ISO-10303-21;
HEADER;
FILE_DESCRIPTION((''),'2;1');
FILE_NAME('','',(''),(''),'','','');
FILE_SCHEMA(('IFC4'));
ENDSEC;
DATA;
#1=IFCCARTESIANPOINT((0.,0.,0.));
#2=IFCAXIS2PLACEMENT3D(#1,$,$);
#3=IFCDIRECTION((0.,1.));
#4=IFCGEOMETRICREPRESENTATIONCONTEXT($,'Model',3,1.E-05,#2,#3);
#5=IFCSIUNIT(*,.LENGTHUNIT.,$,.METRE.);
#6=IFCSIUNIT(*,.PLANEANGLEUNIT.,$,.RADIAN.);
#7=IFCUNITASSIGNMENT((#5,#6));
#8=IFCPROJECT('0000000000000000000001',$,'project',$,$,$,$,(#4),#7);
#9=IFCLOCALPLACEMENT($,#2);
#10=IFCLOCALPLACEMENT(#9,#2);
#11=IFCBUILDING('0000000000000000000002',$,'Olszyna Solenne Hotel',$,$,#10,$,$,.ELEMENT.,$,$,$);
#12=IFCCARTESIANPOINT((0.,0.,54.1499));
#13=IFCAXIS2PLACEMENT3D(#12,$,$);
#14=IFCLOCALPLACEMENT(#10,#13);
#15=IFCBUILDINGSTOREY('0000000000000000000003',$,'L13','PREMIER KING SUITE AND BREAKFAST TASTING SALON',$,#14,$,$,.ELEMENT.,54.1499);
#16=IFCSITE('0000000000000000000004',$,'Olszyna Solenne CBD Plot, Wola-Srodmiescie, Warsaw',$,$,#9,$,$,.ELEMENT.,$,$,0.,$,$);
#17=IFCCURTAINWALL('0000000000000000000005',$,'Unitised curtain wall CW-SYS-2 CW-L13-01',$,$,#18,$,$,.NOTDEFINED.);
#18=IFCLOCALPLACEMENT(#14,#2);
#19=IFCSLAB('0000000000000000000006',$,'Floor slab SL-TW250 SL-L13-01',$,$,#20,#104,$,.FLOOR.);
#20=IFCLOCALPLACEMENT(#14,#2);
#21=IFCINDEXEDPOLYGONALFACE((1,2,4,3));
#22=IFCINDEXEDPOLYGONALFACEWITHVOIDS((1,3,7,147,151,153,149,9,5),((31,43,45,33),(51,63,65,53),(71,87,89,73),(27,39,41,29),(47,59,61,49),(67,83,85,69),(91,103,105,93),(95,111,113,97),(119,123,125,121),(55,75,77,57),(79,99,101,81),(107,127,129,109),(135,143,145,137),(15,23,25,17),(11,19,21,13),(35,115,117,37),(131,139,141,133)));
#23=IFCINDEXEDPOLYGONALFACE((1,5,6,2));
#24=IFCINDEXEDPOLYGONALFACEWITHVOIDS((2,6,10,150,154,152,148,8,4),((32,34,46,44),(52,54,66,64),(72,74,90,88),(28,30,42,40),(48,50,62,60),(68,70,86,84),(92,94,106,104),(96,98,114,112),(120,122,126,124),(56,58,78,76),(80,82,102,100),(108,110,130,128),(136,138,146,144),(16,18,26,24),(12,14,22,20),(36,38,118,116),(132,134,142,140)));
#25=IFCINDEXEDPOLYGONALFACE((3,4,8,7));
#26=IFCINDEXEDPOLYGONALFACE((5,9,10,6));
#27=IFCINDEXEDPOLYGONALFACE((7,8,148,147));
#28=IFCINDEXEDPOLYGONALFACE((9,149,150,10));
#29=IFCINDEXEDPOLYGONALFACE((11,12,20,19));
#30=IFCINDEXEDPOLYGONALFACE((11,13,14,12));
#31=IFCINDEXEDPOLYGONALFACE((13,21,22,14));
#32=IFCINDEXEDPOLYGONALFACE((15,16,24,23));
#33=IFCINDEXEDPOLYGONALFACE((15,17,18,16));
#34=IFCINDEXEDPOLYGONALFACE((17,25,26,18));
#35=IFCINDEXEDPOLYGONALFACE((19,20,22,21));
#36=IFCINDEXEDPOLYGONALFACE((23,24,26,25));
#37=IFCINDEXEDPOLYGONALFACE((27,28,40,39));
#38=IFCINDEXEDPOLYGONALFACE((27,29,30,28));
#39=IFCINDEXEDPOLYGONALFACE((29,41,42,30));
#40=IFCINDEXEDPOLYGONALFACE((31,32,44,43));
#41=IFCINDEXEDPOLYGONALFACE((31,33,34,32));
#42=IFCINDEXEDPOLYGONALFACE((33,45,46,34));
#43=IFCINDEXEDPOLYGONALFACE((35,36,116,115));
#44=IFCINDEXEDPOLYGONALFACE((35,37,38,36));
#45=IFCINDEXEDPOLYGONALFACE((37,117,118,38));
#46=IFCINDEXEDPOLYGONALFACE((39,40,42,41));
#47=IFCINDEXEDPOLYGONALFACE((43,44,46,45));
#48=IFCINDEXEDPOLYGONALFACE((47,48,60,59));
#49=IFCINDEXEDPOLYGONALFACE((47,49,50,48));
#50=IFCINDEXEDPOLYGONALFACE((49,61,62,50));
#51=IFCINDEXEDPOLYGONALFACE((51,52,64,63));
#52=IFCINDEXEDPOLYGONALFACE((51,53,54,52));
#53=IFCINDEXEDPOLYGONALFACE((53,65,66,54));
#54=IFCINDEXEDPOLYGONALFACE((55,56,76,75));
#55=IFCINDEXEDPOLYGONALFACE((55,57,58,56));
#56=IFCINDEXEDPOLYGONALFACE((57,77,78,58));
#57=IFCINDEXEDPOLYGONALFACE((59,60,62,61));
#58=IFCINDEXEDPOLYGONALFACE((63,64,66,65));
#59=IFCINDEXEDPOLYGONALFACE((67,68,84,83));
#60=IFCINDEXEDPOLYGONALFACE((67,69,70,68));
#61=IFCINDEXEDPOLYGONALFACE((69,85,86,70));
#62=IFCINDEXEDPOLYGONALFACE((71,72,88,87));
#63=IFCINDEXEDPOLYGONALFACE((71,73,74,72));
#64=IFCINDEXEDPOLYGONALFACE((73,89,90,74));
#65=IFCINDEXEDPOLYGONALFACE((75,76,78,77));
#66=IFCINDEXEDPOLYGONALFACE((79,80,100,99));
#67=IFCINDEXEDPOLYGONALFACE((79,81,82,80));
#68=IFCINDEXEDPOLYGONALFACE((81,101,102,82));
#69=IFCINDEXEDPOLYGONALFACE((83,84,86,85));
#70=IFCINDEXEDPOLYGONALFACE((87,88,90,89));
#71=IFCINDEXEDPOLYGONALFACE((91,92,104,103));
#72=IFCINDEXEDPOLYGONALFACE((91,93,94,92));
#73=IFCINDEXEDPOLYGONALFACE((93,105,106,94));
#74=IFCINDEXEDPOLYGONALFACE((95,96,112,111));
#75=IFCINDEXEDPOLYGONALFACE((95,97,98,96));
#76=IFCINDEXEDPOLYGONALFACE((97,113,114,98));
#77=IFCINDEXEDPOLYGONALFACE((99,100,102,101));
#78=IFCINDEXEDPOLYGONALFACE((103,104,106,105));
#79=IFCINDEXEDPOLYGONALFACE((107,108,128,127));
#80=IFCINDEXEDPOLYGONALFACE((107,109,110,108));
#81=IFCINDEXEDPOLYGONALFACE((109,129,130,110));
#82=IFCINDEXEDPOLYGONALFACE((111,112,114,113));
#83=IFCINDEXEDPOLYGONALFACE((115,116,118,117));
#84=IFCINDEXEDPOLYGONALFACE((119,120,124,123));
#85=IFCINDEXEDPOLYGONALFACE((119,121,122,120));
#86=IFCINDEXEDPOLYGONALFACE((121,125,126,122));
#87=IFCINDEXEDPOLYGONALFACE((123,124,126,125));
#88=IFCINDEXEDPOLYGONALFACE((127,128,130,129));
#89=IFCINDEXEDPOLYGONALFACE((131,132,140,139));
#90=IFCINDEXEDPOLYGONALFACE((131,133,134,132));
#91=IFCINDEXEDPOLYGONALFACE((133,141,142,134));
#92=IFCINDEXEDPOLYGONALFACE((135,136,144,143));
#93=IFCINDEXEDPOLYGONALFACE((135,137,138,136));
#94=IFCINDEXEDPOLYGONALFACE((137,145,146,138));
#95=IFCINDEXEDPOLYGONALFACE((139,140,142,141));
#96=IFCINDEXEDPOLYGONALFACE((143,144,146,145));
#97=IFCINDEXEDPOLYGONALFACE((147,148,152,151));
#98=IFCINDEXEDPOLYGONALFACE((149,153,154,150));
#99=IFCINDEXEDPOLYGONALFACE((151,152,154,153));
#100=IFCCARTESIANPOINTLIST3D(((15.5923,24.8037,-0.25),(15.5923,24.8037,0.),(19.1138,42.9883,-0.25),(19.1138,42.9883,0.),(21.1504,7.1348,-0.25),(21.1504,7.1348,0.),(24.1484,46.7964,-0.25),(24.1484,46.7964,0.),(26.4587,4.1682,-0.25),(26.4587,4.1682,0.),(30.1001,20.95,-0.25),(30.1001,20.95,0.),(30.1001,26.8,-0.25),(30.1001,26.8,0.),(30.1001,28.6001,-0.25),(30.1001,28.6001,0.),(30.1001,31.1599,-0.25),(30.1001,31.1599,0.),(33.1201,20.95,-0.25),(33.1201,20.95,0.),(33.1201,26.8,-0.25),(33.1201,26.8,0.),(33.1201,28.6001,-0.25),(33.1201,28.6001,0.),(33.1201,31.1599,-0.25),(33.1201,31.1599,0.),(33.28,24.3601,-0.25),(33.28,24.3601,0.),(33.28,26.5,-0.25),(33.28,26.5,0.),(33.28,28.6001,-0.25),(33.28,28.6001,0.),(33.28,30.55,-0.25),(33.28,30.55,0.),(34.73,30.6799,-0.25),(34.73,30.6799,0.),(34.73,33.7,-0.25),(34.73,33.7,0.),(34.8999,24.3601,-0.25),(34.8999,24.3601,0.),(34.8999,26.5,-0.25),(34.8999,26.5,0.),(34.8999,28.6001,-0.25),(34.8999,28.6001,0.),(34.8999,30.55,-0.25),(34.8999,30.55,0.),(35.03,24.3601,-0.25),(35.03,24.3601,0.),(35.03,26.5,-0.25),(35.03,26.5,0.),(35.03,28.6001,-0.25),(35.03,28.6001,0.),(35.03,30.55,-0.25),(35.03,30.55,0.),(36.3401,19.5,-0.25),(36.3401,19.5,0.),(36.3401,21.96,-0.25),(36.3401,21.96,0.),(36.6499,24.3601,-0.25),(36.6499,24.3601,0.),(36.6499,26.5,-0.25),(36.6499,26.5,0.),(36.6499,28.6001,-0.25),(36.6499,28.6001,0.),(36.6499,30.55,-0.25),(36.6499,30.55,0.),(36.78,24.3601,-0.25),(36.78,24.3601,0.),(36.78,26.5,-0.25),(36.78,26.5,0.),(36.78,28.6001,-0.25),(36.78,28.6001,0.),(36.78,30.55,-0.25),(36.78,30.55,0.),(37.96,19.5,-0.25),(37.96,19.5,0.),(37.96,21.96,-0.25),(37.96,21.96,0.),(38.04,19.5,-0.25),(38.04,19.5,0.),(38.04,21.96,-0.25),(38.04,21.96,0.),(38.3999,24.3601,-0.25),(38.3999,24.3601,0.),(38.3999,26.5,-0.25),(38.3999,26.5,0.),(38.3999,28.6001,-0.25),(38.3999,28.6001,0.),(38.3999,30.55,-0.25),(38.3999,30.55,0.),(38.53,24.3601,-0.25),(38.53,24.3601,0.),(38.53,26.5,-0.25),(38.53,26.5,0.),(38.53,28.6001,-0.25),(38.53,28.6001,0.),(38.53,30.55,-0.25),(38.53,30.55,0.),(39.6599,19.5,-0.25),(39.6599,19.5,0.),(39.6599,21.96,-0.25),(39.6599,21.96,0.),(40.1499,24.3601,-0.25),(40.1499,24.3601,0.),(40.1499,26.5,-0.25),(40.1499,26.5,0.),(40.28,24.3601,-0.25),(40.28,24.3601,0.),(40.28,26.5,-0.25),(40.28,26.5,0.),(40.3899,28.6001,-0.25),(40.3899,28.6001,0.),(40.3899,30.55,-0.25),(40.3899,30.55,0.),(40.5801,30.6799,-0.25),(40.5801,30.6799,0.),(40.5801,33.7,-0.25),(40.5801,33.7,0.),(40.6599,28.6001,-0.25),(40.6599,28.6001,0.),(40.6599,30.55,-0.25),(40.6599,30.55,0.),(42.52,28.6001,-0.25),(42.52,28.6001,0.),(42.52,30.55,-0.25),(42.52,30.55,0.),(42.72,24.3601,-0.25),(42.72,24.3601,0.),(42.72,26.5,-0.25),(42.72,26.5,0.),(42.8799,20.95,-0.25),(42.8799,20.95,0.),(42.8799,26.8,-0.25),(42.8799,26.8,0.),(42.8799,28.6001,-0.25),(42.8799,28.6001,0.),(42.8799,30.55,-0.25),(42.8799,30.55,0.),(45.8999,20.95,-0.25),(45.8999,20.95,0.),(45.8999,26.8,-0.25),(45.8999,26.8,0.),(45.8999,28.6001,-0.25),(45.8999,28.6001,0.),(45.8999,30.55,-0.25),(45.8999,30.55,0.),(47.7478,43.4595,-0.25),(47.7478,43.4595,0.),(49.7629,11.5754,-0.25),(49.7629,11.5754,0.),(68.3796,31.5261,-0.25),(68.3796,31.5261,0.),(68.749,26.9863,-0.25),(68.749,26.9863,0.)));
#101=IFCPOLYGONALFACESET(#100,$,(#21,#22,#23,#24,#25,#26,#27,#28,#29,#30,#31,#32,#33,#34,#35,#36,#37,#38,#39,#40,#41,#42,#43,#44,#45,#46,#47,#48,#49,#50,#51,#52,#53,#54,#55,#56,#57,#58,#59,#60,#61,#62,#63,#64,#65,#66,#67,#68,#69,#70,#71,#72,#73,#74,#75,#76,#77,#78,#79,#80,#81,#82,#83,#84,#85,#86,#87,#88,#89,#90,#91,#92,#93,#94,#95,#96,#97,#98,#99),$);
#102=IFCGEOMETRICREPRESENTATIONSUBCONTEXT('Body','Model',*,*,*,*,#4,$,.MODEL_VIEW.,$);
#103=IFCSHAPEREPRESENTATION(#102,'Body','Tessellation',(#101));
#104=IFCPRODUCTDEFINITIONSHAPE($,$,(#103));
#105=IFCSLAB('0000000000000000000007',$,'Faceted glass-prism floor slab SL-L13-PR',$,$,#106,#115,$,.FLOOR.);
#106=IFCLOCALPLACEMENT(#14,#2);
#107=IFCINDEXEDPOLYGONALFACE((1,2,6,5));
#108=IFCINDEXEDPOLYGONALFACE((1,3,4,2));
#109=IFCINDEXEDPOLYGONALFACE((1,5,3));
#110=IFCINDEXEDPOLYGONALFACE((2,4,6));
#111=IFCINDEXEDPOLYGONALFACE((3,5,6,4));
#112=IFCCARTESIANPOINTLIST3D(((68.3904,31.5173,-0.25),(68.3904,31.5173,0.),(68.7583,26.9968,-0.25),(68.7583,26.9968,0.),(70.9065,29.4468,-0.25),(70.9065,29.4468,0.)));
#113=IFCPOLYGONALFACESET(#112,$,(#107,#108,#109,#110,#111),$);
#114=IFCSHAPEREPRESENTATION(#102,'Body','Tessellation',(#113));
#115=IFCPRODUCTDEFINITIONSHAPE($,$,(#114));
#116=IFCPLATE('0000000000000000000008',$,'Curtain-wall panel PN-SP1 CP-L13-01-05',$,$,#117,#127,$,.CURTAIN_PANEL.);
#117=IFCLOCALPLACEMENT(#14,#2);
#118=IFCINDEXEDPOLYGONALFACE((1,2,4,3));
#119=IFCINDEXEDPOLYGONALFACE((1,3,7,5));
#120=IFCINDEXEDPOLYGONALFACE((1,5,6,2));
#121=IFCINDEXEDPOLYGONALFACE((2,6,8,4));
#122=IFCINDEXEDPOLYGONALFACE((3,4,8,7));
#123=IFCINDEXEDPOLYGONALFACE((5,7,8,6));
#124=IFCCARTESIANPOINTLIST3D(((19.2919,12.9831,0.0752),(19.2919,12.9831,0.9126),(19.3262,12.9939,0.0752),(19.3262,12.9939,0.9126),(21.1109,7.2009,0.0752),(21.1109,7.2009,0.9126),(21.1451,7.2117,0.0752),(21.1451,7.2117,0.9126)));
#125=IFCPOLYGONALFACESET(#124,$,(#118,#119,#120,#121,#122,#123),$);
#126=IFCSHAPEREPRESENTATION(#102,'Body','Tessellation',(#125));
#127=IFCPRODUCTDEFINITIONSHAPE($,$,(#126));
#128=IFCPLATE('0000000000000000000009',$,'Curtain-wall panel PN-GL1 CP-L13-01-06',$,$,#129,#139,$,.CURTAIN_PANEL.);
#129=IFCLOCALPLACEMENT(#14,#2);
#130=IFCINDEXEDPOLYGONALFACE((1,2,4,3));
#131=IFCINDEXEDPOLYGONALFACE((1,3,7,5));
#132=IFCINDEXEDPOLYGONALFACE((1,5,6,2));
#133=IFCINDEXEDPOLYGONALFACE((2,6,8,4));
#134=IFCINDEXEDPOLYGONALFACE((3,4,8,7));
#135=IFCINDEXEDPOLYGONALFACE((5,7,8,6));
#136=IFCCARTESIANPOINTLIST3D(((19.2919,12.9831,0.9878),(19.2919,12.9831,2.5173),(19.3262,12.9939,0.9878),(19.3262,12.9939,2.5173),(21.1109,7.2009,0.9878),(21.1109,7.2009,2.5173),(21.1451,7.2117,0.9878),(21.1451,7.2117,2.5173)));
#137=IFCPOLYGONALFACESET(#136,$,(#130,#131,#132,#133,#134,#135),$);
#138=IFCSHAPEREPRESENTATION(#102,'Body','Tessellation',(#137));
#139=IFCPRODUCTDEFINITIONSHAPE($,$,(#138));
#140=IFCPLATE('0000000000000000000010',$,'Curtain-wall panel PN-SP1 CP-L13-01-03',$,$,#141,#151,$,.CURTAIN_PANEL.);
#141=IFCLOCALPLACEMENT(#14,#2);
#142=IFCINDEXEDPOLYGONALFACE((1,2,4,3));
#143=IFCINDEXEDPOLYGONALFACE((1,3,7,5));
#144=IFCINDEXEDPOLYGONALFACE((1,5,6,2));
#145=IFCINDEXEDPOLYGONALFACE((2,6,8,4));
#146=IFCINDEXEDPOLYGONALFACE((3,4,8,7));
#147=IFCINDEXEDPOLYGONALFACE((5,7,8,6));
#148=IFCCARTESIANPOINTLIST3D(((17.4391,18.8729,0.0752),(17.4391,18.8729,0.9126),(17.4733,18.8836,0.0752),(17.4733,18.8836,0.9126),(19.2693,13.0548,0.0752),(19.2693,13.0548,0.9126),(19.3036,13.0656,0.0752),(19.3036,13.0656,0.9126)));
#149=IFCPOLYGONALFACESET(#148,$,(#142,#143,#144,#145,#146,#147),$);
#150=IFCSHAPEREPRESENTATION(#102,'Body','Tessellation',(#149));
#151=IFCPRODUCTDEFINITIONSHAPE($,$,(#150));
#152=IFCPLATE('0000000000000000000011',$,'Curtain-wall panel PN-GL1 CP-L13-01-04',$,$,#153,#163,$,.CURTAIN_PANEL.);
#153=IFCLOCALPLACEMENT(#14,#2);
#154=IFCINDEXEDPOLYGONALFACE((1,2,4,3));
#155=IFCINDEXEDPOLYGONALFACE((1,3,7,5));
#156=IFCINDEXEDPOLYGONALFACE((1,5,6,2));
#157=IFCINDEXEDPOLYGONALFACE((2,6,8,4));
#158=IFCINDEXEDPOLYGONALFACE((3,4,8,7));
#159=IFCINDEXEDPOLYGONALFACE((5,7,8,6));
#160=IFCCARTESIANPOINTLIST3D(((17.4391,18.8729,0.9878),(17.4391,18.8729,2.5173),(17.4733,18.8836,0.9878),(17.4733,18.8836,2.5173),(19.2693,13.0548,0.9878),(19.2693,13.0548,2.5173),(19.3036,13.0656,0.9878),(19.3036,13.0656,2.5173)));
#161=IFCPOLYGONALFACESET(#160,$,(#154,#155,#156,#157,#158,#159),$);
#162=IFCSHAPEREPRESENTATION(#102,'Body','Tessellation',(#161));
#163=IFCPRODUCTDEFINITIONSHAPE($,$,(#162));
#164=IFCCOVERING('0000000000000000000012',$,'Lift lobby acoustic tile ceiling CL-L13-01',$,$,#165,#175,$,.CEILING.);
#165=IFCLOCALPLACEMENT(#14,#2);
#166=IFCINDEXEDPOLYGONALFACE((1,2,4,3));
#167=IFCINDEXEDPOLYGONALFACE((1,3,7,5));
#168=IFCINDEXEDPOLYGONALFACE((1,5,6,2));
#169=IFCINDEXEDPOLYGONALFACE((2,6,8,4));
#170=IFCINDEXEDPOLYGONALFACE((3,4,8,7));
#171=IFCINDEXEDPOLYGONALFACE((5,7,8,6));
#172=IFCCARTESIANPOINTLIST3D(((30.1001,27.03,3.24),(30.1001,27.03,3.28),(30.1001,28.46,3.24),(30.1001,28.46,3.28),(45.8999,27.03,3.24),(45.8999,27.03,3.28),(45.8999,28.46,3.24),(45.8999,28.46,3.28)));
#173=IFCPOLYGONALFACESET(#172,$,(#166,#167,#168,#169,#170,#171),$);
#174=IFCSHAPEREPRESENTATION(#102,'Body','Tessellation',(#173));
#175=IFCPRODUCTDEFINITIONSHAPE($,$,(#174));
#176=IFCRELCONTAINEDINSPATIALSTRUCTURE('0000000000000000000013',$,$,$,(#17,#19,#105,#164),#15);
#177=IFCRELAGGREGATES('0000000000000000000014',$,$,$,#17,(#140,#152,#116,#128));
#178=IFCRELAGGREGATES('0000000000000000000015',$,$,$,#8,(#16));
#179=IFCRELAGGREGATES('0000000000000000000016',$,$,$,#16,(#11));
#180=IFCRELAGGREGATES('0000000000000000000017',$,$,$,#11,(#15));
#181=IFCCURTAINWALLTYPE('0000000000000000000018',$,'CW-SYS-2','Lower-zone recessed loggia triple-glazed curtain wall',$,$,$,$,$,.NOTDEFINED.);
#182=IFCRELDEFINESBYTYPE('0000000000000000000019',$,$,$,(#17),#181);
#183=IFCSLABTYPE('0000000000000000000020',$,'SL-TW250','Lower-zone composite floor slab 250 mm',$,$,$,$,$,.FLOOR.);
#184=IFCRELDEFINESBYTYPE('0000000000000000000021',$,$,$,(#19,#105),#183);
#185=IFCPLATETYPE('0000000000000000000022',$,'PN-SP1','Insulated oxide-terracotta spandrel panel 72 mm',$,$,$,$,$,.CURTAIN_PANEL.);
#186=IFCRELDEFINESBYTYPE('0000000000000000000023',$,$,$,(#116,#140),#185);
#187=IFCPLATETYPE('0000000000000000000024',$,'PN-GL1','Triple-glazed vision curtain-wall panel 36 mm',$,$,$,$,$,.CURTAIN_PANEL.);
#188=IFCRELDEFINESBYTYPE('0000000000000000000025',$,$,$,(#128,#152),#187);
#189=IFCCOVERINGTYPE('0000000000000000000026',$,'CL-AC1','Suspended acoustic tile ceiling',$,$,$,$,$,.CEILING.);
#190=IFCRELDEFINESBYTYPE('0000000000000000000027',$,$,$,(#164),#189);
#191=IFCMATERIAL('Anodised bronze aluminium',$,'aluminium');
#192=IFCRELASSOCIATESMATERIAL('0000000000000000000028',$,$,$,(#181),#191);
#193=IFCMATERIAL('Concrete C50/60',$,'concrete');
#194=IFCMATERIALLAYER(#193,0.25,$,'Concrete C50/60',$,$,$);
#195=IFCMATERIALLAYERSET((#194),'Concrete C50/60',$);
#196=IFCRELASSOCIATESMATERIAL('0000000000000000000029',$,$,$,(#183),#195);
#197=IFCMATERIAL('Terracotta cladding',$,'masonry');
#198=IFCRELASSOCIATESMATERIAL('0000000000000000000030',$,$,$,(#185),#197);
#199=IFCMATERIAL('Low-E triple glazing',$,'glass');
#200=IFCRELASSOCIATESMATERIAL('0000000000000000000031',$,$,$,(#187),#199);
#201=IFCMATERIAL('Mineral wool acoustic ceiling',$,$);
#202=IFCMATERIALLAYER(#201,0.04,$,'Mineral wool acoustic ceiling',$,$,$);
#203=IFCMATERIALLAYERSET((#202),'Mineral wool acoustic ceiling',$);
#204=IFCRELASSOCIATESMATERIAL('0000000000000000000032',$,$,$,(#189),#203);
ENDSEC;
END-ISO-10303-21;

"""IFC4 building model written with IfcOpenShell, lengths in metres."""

from ifc_helpers import new_model, si_unit, direction, frame, origin, origin_2d, place, context, subcontext, project, spatial, polyline, rectangle, outline, extrude, source, transform, mapped, material, layer, layer_set, type_object, element, aggregate, save


model = new_model("IFC4")

# Units and contexts
model_context = context("Model", 3, precision=1e-05, world=origin(), true_north=direction((0.0, 1.0)))
body_context = subcontext(model_context, "Body", "Model", "MODEL_VIEW")
ifc_project = project(units=[si_unit("LENGTHUNIT", "METRE"), si_unit("PLANEANGLEUNIT", "RADIAN")], contexts=[model_context])

# Site, building, storey
site_placement = place(None, origin())
site = spatial("IfcSite", under=ifc_project, at=site_placement, Name="Olszyna Solenne CBD Plot, Wola-Srodmiescie, Warsaw", CompositionType="ELEMENT", RefElevation=0.0)
building_placement = place(site_placement, origin())
building = spatial("IfcBuilding", under=site, at=building_placement, Name="Olszyna Solenne Hotel", CompositionType="ELEMENT")
storey_placement = place(building_placement, frame((0.0, 0.0, 54.1499)))
storey = spatial("IfcBuildingStorey", under=building, at=storey_placement, Name="L13", Description="PREMIER KING SUITE AND BREAKFAST TASTING SALON", CompositionType="ELEMENT", Elevation=54.1499)

# Curtain wall
ifc_material_1 = material(Name="Anodised bronze aluminium", Category="aluminium")
curtain_wall_type = type_object("IfcCurtainWallType", Name="CW-SYS-2", Description="Lower-zone recessed loggia triple-glazed curtain wall", PredefinedType="NOTDEFINED", material=ifc_material_1)
curtain_wall_placement = place(storey_placement, origin())
curtain_wall = element("IfcCurtainWall", 1, at=curtain_wall_placement, inside=storey, type_object=curtain_wall_type, Name="Unitised curtain wall CW-SYS-2 CW-L13-01", PredefinedType="NOTDEFINED")

# Slabs
ifc_material_2 = material(Name="Concrete C50/60", Category="concrete")
ifc_layer_1 = layer(ifc_material_2, 0.25, Name="Concrete C50/60")
ifc_layer_set_1 = layer_set([ifc_layer_1], Name="Concrete C50/60")
slab_type_1 = type_object("IfcSlabType", Name="SL-TW250", Description="Lower-zone composite floor slab 250 mm", PredefinedType="FLOOR", material=ifc_layer_set_1)
slab_1_placement = place(storey_placement, frame((0.0, 0.0, -0.25)))
element("IfcSlab", 2, at=slab_1_placement, inside=storey, type_object=slab_type_1, Name="Floor slab SL-TW250 SL-L13-01", PredefinedType="FLOOR", context=body_context, shape_type="SweptSolid", body=[
    extrude(outline(polyline([(68.749, 26.9863), (68.3796, 31.5261), (47.7478, 43.4595), (24.1484, 46.7964), (19.1138, 42.9883), (15.5923, 24.8037), (21.1504, 7.1348), (26.4587, 4.1682), (49.7629, 11.5754), (68.749, 26.9863)]), holes=[polyline([(30.1001, 20.95), (33.1201, 20.95), (33.1201, 26.8), (30.1001, 26.8), (30.1001, 20.95)]), polyline([(42.8799, 20.95), (45.8999, 20.95), (45.8999, 26.8), (42.8799, 26.8), (42.8799, 20.95)]), polyline([(34.73, 30.6799), (40.5801, 30.6799), (40.5801, 33.7), (34.73, 33.7), (34.73, 30.6799)]), polyline([(36.3401, 19.5), (37.96, 19.5), (37.96, 21.96), (36.3401, 21.96), (36.3401, 19.5)]), polyline([(38.04, 19.5), (39.6599, 19.5), (39.6599, 21.96), (38.04, 21.96), (38.04, 19.5)]), polyline([(30.1001, 28.6001), (33.1201, 28.6001), (33.1201, 31.1599), (30.1001, 31.1599), (30.1001, 28.6001)]), polyline([(33.28, 24.3601), (34.8999, 24.3601), (34.8999, 26.5), (33.28, 26.5), (33.28, 24.3601)]), polyline([(35.03, 24.3601), (36.6499, 24.3601), (36.6499, 26.5), (35.03, 26.5), (35.03, 24.3601)]), polyline([(36.78, 24.3601), (38.3999, 24.3601), (38.3999, 26.5), (36.78, 26.5), (36.78, 24.3601)]), polyline([(38.53, 24.3601), (40.1499, 24.3601), (40.1499, 26.5), (38.53, 26.5), (38.53, 24.3601)]), polyline([(40.28, 24.3601), (42.72, 24.3601), (42.72, 26.5), (40.28, 26.5), (40.28, 24.3601)]), polyline([(33.28, 28.6001), (34.8999, 28.6001), (34.8999, 30.55), (33.28, 30.55), (33.28, 28.6001)]), polyline([(35.03, 28.6001), (36.6499, 28.6001), (36.6499, 30.55), (35.03, 30.55), (35.03, 28.6001)]), polyline([(36.78, 28.6001), (38.3999, 28.6001), (38.3999, 30.55), (36.78, 30.55), (36.78, 28.6001)]), polyline([(38.53, 28.6001), (40.3899, 28.6001), (40.3899, 30.55), (38.53, 30.55), (38.53, 28.6001)]), polyline([(40.6599, 28.6001), (42.52, 28.6001), (42.52, 30.55), (40.6599, 30.55), (40.6599, 28.6001)]), polyline([(42.8799, 28.6001), (45.8999, 28.6001), (45.8999, 30.55), (42.8799, 30.55), (42.8799, 28.6001)])]), origin(), (0.0, 0.0, 1.0), 0.25),
])
slab_2_placement = place(storey_placement, frame((0.0, 0.0, -0.25)))
element("IfcSlab", 3, at=slab_2_placement, inside=storey, type_object=slab_type_1, Name="Faceted glass-prism floor slab SL-L13-PR", PredefinedType="FLOOR", context=body_context, shape_type="SweptSolid", body=[
    extrude(outline(polyline([(68.3904, 31.5173), (68.7583, 26.9968), (70.9065, 29.4468), (68.3904, 31.5173)])), origin(), (0.0, 0.0, 1.0), 0.25),
])

# Plates
ifc_material_3 = material(Name="Terracotta cladding", Category="masonry")
plate_type_1 = type_object("IfcPlateType", Name="PN-SP1", Description="Insulated oxide-terracotta spandrel panel 72 mm", PredefinedType="CURTAIN_PANEL", material=ifc_material_3)
shared_shape_1 = source(origin(), body_context, "Body", "SweptSolid", [
    extrude(rectangle(XDim=6.0615, YDim=0.0359, at=origin_2d()), origin(), (0.0, 0.0, 1.0), 0.8374),
])
plate_1_placement = place(storey_placement, frame((20.2185, 10.0974, 0.0752), z_axis=(0.0, 0.0, 1.0), x_axis=(0.30008, -0.953914, 0.0)))
plate_1 = element("IfcPlate", 4, at=plate_1_placement, type_object=plate_type_1, Name="Curtain-wall panel PN-SP1 CP-L13-01-05", PredefinedType="CURTAIN_PANEL", context=body_context, shape_type="MappedRepresentation", body=[
    mapped(shared_shape_1, transform((0.0, 0.0, 0.0), x_axis=(1.0, 0.0, 0.0), y_axis=(0.0, 1.0, 0.0), z_axis=(0.0, 0.0, 1.0), scale=1.0)),
])
ifc_material_4 = material(Name="Low-E triple glazing", Category="glass")
plate_type_2 = type_object("IfcPlateType", Name="PN-GL1", Description="Triple-glazed vision curtain-wall panel 36 mm", PredefinedType="CURTAIN_PANEL", material=ifc_material_4)
shared_shape_2 = source(origin(), body_context, "Body", "SweptSolid", [
    extrude(rectangle(XDim=6.0615, YDim=0.0359, at=origin_2d()), origin(), (0.0, 0.0, 1.0), 1.5295),
])
plate_2_placement = place(storey_placement, frame((20.2185, 10.0974, 0.9878), z_axis=(0.0, 0.0, 1.0), x_axis=(0.30008, -0.953914, 0.0)))
plate_2 = element("IfcPlate", 5, at=plate_2_placement, type_object=plate_type_2, Name="Curtain-wall panel PN-GL1 CP-L13-01-06", PredefinedType="CURTAIN_PANEL", context=body_context, shape_type="MappedRepresentation", body=[
    mapped(shared_shape_2, transform((0.0, 0.0, 0.0), x_axis=(1.0, 0.0, 0.0), y_axis=(0.0, 1.0, 0.0), z_axis=(0.0, 0.0, 1.0), scale=1.0)),
])
shared_shape_3 = source(origin(), body_context, "Body", "SweptSolid", [
    extrude(rectangle(XDim=6.0991, YDim=0.0359, at=origin_2d()), origin(), (0.0, 0.0, 1.0), 0.8374),
])
plate_3_placement = place(storey_placement, frame((18.3713, 15.9692, 0.0752), z_axis=(0.0, 0.0, 1.0), x_axis=(0.30008, -0.953914, 0.0)))
plate_3 = element("IfcPlate", 6, at=plate_3_placement, type_object=plate_type_1, Name="Curtain-wall panel PN-SP1 CP-L13-01-03", PredefinedType="CURTAIN_PANEL", context=body_context, shape_type="MappedRepresentation", body=[
    mapped(shared_shape_3, transform((0.0, 0.0, 0.0), x_axis=(1.0, 0.0, 0.0), y_axis=(0.0, 1.0, 0.0), z_axis=(0.0, 0.0, 1.0), scale=1.0)),
])
shared_shape_4 = source(origin(), body_context, "Body", "SweptSolid", [
    extrude(rectangle(XDim=6.0991, YDim=0.0359, at=origin_2d()), origin(), (0.0, 0.0, 1.0), 1.5295),
])
plate_4_placement = place(storey_placement, frame((18.3713, 15.9692, 0.9878), z_axis=(0.0, 0.0, 1.0), x_axis=(0.30008, -0.953914, 0.0)))
plate_4 = element("IfcPlate", 7, at=plate_4_placement, type_object=plate_type_2, Name="Curtain-wall panel PN-GL1 CP-L13-01-04", PredefinedType="CURTAIN_PANEL", context=body_context, shape_type="MappedRepresentation", body=[
    mapped(shared_shape_4, transform((0.0, 0.0, 0.0), x_axis=(1.0, 0.0, 0.0), y_axis=(0.0, 1.0, 0.0), z_axis=(0.0, 0.0, 1.0), scale=1.0)),
])
aggregate(curtain_wall, [plate_3, plate_4, plate_1, plate_2])

# Covering
ifc_material_5 = material(Name="Mineral wool acoustic ceiling")
ifc_layer_2 = layer(ifc_material_5, 0.04, Name="Mineral wool acoustic ceiling")
ifc_layer_set_2 = layer_set([ifc_layer_2], Name="Mineral wool acoustic ceiling")
covering_type_1 = type_object("IfcCoveringType", Name="CL-AC1", Description="Suspended acoustic tile ceiling", PredefinedType="CEILING", material=ifc_layer_set_2)
covering_1_placement = place(storey_placement, frame((0.0, 0.0, 3.24)))
element("IfcCovering", 8, at=covering_1_placement, inside=storey, type_object=covering_type_1, Name="Lift lobby acoustic tile ceiling CL-L13-01", PredefinedType="CEILING", context=body_context, shape_type="SweptSolid", body=[
    extrude(outline(polyline([(30.1001, 27.03), (45.8999, 27.03), (45.8999, 28.46), (30.1001, 28.46), (30.1001, 27.03)])), origin(), (0.0, 0.0, 1.0), 0.04),
])

save(model, "model.ifc")
